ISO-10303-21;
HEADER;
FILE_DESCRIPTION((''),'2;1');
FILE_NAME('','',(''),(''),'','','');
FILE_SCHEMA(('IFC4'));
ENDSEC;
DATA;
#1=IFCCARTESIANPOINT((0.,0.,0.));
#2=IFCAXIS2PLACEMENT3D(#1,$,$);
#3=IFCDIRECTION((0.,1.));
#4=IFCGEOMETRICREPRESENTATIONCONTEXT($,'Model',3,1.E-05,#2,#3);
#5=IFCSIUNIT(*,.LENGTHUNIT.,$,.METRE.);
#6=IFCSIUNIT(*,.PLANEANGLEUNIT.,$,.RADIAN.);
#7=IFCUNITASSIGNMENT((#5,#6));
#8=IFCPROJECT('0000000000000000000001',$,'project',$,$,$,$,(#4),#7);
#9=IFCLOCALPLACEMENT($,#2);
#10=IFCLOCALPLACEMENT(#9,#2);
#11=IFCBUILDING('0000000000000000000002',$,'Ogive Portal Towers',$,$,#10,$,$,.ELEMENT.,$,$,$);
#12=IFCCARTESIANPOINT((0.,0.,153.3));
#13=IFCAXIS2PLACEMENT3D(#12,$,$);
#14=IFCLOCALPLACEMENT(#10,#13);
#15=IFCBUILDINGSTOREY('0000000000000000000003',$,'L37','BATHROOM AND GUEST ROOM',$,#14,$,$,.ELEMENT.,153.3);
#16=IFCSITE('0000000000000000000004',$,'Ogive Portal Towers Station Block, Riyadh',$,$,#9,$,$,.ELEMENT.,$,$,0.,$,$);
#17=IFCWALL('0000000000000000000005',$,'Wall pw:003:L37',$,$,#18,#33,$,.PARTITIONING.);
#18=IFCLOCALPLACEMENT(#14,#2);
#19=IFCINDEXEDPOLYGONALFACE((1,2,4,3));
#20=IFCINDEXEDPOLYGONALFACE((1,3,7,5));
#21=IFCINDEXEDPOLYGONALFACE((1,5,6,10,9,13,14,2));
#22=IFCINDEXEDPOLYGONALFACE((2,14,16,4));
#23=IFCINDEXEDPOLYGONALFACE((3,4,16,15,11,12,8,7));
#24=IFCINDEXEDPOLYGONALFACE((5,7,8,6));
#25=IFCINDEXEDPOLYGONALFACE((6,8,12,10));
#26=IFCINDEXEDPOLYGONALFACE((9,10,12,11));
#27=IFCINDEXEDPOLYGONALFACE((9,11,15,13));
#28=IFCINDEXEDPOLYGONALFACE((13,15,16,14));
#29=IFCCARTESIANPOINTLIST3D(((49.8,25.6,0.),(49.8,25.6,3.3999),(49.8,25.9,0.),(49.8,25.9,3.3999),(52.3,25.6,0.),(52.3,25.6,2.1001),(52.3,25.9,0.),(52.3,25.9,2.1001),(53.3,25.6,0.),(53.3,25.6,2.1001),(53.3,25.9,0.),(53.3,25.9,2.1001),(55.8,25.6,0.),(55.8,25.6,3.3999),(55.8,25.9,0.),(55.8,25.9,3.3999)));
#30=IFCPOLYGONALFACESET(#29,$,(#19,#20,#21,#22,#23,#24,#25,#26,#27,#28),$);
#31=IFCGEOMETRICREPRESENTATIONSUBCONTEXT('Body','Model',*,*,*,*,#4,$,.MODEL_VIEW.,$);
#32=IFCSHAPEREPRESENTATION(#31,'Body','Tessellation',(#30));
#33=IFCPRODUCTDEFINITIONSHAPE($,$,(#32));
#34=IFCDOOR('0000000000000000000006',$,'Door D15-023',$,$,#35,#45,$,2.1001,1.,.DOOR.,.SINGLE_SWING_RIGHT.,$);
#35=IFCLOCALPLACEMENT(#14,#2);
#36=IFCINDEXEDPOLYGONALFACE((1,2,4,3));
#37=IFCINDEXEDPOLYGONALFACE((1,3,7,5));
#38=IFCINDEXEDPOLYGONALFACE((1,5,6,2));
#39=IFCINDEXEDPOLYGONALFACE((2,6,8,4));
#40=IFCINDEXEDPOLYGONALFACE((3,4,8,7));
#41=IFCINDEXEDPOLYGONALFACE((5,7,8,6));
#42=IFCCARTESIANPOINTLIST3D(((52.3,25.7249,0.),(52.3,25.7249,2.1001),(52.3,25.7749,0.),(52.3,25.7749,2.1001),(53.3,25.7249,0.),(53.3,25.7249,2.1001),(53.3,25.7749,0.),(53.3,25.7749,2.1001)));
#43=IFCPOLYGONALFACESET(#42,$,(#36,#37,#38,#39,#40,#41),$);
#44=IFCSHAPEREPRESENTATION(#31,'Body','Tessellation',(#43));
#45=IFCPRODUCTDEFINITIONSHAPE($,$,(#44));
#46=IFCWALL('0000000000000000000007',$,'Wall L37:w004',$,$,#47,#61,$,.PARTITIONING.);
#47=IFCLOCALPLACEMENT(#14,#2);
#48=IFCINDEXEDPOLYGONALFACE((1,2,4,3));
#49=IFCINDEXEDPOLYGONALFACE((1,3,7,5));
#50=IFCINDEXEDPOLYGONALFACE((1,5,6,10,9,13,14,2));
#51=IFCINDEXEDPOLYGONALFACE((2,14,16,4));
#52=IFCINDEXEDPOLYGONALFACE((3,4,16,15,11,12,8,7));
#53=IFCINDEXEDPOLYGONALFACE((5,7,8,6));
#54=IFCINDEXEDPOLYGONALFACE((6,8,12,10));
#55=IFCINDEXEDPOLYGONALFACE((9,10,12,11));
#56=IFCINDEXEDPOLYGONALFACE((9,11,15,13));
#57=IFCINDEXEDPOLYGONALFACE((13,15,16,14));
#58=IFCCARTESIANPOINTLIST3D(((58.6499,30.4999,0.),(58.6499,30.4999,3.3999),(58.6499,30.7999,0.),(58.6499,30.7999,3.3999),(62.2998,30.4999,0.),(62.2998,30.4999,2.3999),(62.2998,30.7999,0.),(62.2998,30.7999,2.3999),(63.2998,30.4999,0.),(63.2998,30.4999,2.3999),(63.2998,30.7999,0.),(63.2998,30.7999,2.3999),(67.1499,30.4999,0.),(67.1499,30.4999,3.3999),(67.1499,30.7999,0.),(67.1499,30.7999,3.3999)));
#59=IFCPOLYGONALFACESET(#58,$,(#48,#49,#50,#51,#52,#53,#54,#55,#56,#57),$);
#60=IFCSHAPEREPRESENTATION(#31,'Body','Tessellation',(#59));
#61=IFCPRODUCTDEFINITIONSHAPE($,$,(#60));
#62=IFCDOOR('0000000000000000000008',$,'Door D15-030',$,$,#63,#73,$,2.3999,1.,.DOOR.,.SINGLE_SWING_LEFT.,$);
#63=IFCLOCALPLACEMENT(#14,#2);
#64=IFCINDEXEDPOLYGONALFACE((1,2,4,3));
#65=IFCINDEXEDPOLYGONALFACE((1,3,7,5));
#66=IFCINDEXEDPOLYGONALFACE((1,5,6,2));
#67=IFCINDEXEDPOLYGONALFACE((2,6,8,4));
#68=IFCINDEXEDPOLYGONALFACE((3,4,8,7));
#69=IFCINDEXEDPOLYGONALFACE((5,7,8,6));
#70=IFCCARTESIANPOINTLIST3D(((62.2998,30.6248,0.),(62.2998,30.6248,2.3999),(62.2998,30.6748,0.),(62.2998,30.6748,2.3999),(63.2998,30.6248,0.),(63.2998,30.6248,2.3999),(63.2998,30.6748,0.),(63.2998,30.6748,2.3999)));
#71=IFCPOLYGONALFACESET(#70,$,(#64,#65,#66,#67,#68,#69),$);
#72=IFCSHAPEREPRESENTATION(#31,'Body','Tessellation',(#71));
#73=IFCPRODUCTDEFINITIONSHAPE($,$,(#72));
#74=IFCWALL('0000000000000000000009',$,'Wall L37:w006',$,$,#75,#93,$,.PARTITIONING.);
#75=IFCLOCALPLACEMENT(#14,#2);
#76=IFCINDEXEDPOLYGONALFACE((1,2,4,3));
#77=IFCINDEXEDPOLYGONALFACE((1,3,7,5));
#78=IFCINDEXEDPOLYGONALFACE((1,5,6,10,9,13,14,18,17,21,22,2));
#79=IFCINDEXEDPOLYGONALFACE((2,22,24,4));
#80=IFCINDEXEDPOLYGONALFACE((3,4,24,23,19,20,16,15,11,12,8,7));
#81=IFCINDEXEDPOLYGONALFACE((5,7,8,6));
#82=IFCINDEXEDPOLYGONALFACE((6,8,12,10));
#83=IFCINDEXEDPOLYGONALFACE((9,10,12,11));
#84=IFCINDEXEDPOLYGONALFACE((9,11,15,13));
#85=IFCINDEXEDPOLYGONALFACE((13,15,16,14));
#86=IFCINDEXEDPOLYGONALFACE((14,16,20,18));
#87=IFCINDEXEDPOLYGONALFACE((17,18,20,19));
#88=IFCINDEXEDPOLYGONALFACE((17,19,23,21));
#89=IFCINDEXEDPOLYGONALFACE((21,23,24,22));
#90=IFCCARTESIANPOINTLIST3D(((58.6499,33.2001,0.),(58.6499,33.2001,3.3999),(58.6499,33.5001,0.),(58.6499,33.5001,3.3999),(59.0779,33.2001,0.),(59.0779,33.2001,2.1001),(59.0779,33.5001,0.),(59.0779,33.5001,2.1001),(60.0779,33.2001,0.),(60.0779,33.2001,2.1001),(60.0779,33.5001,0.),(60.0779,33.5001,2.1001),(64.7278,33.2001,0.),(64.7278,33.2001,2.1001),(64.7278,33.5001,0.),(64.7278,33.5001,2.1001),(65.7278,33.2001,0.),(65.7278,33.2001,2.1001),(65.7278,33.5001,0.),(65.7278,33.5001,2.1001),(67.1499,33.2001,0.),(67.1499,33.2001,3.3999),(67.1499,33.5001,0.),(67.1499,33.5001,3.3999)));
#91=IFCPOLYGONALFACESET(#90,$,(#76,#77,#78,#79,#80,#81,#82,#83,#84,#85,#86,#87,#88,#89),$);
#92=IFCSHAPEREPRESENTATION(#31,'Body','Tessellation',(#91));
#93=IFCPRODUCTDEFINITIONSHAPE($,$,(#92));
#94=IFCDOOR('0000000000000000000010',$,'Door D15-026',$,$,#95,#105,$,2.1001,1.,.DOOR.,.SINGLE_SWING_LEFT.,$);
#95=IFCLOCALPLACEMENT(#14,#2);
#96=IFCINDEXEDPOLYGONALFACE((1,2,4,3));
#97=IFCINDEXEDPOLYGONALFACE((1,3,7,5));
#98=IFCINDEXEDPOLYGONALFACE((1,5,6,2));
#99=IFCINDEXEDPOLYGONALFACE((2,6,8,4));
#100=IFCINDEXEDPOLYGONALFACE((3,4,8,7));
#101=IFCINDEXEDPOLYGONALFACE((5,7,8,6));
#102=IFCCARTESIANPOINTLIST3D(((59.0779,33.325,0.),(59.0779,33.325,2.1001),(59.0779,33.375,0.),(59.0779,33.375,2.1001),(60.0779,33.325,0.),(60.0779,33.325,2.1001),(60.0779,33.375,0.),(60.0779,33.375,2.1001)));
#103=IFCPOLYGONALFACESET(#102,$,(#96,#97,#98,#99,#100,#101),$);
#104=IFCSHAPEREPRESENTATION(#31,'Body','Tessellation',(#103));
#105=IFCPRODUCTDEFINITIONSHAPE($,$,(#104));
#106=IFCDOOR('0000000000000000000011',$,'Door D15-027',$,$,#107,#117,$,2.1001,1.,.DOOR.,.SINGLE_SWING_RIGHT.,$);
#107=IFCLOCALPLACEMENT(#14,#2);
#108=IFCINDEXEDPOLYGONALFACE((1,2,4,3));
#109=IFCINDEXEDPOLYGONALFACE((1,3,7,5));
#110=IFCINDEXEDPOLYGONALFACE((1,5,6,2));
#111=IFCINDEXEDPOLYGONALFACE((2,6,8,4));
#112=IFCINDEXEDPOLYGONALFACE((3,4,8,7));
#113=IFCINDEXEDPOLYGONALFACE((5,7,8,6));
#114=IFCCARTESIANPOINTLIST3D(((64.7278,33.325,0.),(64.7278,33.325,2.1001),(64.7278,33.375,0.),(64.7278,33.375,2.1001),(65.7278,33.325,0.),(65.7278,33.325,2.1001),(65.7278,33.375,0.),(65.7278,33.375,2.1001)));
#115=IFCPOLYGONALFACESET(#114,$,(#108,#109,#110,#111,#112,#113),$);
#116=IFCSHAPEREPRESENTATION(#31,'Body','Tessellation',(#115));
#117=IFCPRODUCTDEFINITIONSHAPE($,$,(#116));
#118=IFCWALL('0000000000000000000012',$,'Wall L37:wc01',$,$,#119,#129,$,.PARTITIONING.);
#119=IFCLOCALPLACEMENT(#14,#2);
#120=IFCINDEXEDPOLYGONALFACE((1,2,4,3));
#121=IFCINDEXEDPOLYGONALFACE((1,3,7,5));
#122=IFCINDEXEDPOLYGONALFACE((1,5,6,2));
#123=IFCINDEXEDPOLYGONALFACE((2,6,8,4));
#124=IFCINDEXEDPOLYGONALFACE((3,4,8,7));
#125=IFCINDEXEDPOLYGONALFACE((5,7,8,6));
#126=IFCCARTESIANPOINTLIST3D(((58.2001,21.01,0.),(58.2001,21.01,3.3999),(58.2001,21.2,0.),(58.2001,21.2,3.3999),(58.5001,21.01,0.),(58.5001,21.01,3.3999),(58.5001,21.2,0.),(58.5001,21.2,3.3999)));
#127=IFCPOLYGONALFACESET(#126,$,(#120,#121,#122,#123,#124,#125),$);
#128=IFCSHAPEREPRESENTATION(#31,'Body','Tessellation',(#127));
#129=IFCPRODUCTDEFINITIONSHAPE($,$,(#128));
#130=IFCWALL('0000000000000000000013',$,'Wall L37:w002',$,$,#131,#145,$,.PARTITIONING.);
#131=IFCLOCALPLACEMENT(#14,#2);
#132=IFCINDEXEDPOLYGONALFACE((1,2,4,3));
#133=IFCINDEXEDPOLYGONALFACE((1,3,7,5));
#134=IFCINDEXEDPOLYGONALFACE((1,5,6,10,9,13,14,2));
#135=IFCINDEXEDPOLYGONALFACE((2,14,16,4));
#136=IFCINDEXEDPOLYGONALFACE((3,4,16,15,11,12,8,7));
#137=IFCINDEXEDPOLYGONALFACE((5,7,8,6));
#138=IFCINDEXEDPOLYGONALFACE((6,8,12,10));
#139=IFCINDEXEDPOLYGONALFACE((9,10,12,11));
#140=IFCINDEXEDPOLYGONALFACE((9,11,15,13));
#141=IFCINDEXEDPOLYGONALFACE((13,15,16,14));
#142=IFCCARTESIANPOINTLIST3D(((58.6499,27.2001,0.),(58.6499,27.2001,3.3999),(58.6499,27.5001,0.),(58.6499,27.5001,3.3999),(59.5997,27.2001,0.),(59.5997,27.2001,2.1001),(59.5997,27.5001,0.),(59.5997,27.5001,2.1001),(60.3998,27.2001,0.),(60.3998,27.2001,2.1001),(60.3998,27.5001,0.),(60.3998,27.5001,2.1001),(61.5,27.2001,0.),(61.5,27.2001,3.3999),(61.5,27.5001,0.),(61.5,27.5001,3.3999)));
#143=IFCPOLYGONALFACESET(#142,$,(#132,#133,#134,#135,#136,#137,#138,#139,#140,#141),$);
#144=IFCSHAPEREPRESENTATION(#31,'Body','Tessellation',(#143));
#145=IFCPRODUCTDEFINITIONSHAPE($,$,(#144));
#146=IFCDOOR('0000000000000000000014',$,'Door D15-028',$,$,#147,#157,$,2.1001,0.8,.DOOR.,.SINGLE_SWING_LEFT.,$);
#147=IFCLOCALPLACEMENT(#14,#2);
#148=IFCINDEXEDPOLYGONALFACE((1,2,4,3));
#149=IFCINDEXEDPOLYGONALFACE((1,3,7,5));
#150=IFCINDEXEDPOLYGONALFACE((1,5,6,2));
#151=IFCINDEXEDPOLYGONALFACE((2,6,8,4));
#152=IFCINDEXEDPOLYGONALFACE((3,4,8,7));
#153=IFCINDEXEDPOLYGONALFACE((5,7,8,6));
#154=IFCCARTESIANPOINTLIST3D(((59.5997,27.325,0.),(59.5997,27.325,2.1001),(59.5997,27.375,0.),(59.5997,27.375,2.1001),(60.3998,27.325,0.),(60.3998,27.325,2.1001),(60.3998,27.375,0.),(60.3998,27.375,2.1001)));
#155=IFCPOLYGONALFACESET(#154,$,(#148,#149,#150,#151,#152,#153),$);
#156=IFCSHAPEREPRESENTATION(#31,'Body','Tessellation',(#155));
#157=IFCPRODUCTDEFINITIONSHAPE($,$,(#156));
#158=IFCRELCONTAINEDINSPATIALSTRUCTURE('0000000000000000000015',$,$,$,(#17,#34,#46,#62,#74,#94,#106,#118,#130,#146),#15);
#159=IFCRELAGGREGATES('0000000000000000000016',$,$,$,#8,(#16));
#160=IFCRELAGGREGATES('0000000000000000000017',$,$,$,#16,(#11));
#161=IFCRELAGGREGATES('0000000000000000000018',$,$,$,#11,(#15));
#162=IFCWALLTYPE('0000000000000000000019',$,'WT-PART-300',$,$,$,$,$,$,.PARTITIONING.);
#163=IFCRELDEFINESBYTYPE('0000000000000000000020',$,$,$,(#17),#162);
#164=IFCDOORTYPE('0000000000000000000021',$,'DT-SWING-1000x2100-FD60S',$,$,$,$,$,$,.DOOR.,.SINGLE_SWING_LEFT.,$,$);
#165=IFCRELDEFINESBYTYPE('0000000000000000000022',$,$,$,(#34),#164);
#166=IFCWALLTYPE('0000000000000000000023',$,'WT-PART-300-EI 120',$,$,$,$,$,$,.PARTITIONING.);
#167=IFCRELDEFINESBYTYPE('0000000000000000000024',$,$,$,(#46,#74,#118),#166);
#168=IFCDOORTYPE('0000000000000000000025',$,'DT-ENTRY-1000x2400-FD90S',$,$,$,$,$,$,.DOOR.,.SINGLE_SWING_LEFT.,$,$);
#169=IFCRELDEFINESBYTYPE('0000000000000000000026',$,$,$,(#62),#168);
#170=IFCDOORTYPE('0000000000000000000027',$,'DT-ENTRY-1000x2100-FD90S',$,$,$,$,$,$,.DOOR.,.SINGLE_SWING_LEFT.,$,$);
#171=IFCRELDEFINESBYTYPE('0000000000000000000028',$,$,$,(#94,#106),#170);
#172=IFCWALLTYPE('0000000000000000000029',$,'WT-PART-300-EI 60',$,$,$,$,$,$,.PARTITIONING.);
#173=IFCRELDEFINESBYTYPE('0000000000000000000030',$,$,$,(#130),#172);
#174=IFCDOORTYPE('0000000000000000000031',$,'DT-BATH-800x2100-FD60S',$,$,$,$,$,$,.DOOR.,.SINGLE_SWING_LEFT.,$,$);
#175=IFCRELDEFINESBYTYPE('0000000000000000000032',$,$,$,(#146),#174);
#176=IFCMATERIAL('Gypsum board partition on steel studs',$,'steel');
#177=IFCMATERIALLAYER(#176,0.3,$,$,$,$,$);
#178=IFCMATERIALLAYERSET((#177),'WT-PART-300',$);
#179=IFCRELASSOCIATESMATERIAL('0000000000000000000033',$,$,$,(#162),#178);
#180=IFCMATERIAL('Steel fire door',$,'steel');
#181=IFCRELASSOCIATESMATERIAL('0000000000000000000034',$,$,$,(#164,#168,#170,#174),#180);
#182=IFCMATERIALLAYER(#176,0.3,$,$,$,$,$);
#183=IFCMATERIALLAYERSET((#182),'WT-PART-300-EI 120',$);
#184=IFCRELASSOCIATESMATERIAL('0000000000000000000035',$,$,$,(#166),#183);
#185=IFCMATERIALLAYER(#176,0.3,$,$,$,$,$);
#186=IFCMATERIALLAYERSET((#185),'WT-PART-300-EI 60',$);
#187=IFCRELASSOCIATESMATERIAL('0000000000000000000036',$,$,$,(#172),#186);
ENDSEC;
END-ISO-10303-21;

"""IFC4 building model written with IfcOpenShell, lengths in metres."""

from ifc_helpers import new_model, si_unit, direction, frame, frame_2d, origin, place, context, subcontext, project, spatial, rectangle, extrude, material, layer, layer_set, type_object, element, fill, save


model = new_model("IFC4")

# Units and contexts
model_context = context("Model", 3, precision=1e-05, world=origin(), true_north=direction((0.0, 1.0)))
body_context = subcontext(model_context, "Body", "Model", "MODEL_VIEW")
ifc_project = project(units=[si_unit("LENGTHUNIT", "METRE"), si_unit("PLANEANGLEUNIT", "RADIAN")], contexts=[model_context])

# Site, building, storey
site_placement = place(None, origin())
site = spatial("IfcSite", under=ifc_project, at=site_placement, Name="Ogive Portal Towers Station Block, Riyadh", CompositionType="ELEMENT", RefElevation=0.0)
building_placement = place(site_placement, origin())
building = spatial("IfcBuilding", under=site, at=building_placement, Name="Ogive Portal Towers", CompositionType="ELEMENT")
storey_placement = place(building_placement, frame((0.0, 0.0, 153.3)))
storey = spatial("IfcBuildingStorey", under=building, at=storey_placement, Name="L37", Description="BATHROOM AND GUEST ROOM", CompositionType="ELEMENT", Elevation=153.3)

# Shared definitions
ifc_material_1 = material(Name="Steel fire door", Category="steel")

# Walls, openings, doors
ifc_material_2 = material(Name="Gypsum board partition on steel studs", Category="steel")
ifc_layer_1 = layer(ifc_material_2, 0.3)
ifc_layer_set_1 = layer_set([ifc_layer_1], Name="WT-PART-300")
wall_type_1 = type_object("IfcWallType", Name="WT-PART-300", PredefinedType="PARTITIONING", material=ifc_layer_set_1)
wall_1_placement = place(storey_placement, frame((49.8, 25.75, 0.0), z_axis=(0.0, 0.0, 1.0), x_axis=(1.0, 0.0, 0.0)))
wall_1 = element("IfcWall", 1, at=wall_1_placement, inside=storey, type_object=wall_type_1, Name="Wall pw:003:L37", PredefinedType="PARTITIONING", context=body_context, shape_type="SweptSolid", body=[
    extrude(rectangle(XDim=6.0, YDim=0.3, at=frame_2d((3.0, 0.0))), origin(), (0.0, 0.0, 1.0), 3.3999),
])
opening_1_placement = place(wall_1_placement, frame((2.5, 0.0, 0.0)))
opening_1 = element("IfcOpeningElement", 2, at=opening_1_placement, cuts=wall_1, PredefinedType="OPENING", context=body_context, shape_type="SweptSolid", body=[
    extrude(rectangle(XDim=1.0, YDim=2.1001, at=frame_2d((0.5, 1.05))), frame((0.0, 0.1602, 0.0), z_axis=(0.0, -1.0, 0.0), x_axis=(1.0, 0.0, 0.0)), (0.0, 0.0, 1.0), 0.3201),
])
door_type_1 = type_object("IfcDoorType", Name="DT-SWING-1000x2100-FD60S", OperationType="SINGLE_SWING_LEFT", PredefinedType="DOOR", material=ifc_material_1)
door_1_placement = place(opening_1_placement, origin())
door_1 = element("IfcDoor", 3, at=door_1_placement, inside=storey, type_object=door_type_1, Name="Door D15-023", OperationType="SINGLE_SWING_RIGHT", OverallHeight=2.1001, OverallWidth=1.0, PredefinedType="DOOR", context=body_context, shape_type="SweptSolid", body=[
    extrude(rectangle(XDim=1.0, YDim=2.1001, at=frame_2d((0.5, 1.05))), frame((0.0, 0.0249, 0.0), z_axis=(0.0, -1.0, 0.0), x_axis=(1.0, 0.0, 0.0)), (0.0, 0.0, 1.0), 0.05),
])
fill(opening_1, door_1)
ifc_layer_2 = layer(ifc_material_2, 0.3)
ifc_layer_set_2 = layer_set([ifc_layer_2], Name="WT-PART-300-EI 120")
wall_type_2 = type_object("IfcWallType", Name="WT-PART-300-EI 120", PredefinedType="PARTITIONING", material=ifc_layer_set_2)
wall_2_placement = place(storey_placement, frame((58.6499, 30.6499, 0.0), z_axis=(0.0, 0.0, 1.0), x_axis=(1.0, 0.0, 0.0)))
wall_2 = element("IfcWall", 4, at=wall_2_placement, inside=storey, type_object=wall_type_2, Name="Wall L37:w004", PredefinedType="PARTITIONING", context=body_context, shape_type="SweptSolid", body=[
    extrude(rectangle(XDim=8.5, YDim=0.3, at=frame_2d((4.25, 0.0))), origin(), (0.0, 0.0, 1.0), 3.3999),
])
opening_2_placement = place(wall_2_placement, frame((3.6499, 0.0, 0.0)))
opening_2 = element("IfcOpeningElement", 5, at=opening_2_placement, cuts=wall_2, PredefinedType="OPENING", context=body_context, shape_type="SweptSolid", body=[
    extrude(rectangle(XDim=1.0, YDim=2.3999, at=frame_2d((0.5, 1.2))), frame((0.0, 0.1602, 0.0), z_axis=(0.0, -1.0, 0.0), x_axis=(1.0, 0.0, 0.0)), (0.0, 0.0, 1.0), 0.3201),
])
door_type_2 = type_object("IfcDoorType", Name="DT-ENTRY-1000x2400-FD90S", OperationType="SINGLE_SWING_LEFT", PredefinedType="DOOR", material=ifc_material_1)
door_2_placement = place(opening_2_placement, origin())
door_2 = element("IfcDoor", 6, at=door_2_placement, inside=storey, type_object=door_type_2, Name="Door D15-030", OperationType="SINGLE_SWING_LEFT", OverallHeight=2.3999, OverallWidth=1.0, PredefinedType="DOOR", context=body_context, shape_type="SweptSolid", body=[
    extrude(rectangle(XDim=1.0, YDim=2.3999, at=frame_2d((0.5, 1.2))), frame((0.0, 0.0249, 0.0), z_axis=(0.0, -1.0, 0.0), x_axis=(1.0, 0.0, 0.0)), (0.0, 0.0, 1.0), 0.05),
])
fill(opening_2, door_2)

# Wall, openings, doors
wall_3_placement = place(storey_placement, frame((58.6499, 33.3501, 0.0), z_axis=(0.0, 0.0, 1.0), x_axis=(1.0, 0.0, 0.0)))
wall_3 = element("IfcWall", 7, at=wall_3_placement, inside=storey, type_object=wall_type_2, Name="Wall L37:w006", PredefinedType="PARTITIONING", context=body_context, shape_type="SweptSolid", body=[
    extrude(rectangle(XDim=8.5, YDim=0.3, at=frame_2d((4.25, 0.0))), origin(), (0.0, 0.0, 1.0), 3.3999),
])
opening_3_placement = place(wall_3_placement, frame((0.428, 0.0, 0.0)))
opening_3 = element("IfcOpeningElement", 8, at=opening_3_placement, cuts=wall_3, PredefinedType="OPENING", context=body_context, shape_type="SweptSolid", body=[
    extrude(rectangle(XDim=1.0, YDim=2.1001, at=frame_2d((0.5, 1.05))), frame((0.0, 0.1602, 0.0), z_axis=(0.0, -1.0, 0.0), x_axis=(1.0, 0.0, 0.0)), (0.0, 0.0, 1.0), 0.3201),
])
opening_4_placement = place(wall_3_placement, frame((6.0779, 0.0, 0.0)))
opening_4 = element("IfcOpeningElement", 9, at=opening_4_placement, cuts=wall_3, PredefinedType="OPENING", context=body_context, shape_type="SweptSolid", body=[
    extrude(rectangle(XDim=1.0, YDim=2.1001, at=frame_2d((0.5, 1.05))), frame((0.0, 0.1602, 0.0), z_axis=(0.0, -1.0, 0.0), x_axis=(1.0, 0.0, 0.0)), (0.0, 0.0, 1.0), 0.3201),
])
door_type_3 = type_object("IfcDoorType", Name="DT-ENTRY-1000x2100-FD90S", OperationType="SINGLE_SWING_LEFT", PredefinedType="DOOR", material=ifc_material_1)
door_3_placement = place(opening_3_placement, origin())
door_3 = element("IfcDoor", 10, at=door_3_placement, inside=storey, type_object=door_type_3, Name="Door D15-026", OperationType="SINGLE_SWING_LEFT", OverallHeight=2.1001, OverallWidth=1.0, PredefinedType="DOOR", context=body_context, shape_type="SweptSolid", body=[
    extrude(rectangle(XDim=1.0, YDim=2.1001, at=frame_2d((0.5, 1.05))), frame((0.0, 0.0249, 0.0), z_axis=(0.0, -1.0, 0.0), x_axis=(1.0, 0.0, 0.0)), (0.0, 0.0, 1.0), 0.05),
])
fill(opening_3, door_3)
door_4_placement = place(opening_4_placement, origin())
door_4 = element("IfcDoor", 11, at=door_4_placement, inside=storey, type_object=door_type_3, Name="Door D15-027", OperationType="SINGLE_SWING_RIGHT", OverallHeight=2.1001, OverallWidth=1.0, PredefinedType="DOOR", context=body_context, shape_type="SweptSolid", body=[
    extrude(rectangle(XDim=1.0, YDim=2.1001, at=frame_2d((0.5, 1.05))), frame((0.0, 0.0249, 0.0), z_axis=(0.0, -1.0, 0.0), x_axis=(1.0, 0.0, 0.0)), (0.0, 0.0, 1.0), 0.05),
])
fill(opening_4, door_4)

# Wall
wall_4_placement = place(storey_placement, frame((58.3501, 21.2, 0.0), z_axis=(0.0, 0.0, 1.0), x_axis=(0.0, -1.0, 0.0)))
element("IfcWall", 12, at=wall_4_placement, inside=storey, type_object=wall_type_2, Name="Wall L37:wc01", PredefinedType="PARTITIONING", context=body_context, shape_type="SweptSolid", body=[
    extrude(rectangle(XDim=0.1899, YDim=0.3, at=frame_2d((0.095, 0.0))), origin(), (0.0, 0.0, 1.0), 3.3999),
])

# Wall, opening, door
ifc_layer_3 = layer(ifc_material_2, 0.3)
ifc_layer_set_3 = layer_set([ifc_layer_3], Name="WT-PART-300-EI 60")
wall_type_3 = type_object("IfcWallType", Name="WT-PART-300-EI 60", PredefinedType="PARTITIONING", material=ifc_layer_set_3)
wall_5_placement = place(storey_placement, frame((58.6499, 27.3501, 0.0), z_axis=(0.0, 0.0, 1.0), x_axis=(1.0, 0.0, 0.0)))
wall_5 = element("IfcWall", 13, at=wall_5_placement, inside=storey, type_object=wall_type_3, Name="Wall L37:w002", PredefinedType="PARTITIONING", context=body_context, shape_type="SweptSolid", body=[
    extrude(rectangle(XDim=2.8501, YDim=0.3, at=frame_2d((1.425, 0.0))), origin(), (0.0, 0.0, 1.0), 3.3999),
])
opening_5_placement = place(wall_5_placement, frame((0.95, 0.0, 0.0)))
opening_5 = element("IfcOpeningElement", 14, at=opening_5_placement, cuts=wall_5, PredefinedType="OPENING", context=body_context, shape_type="SweptSolid", body=[
    extrude(rectangle(XDim=0.8, YDim=2.1001, at=frame_2d((0.3999, 1.05))), frame((0.0, 0.1602, 0.0), z_axis=(0.0, -1.0, 0.0), x_axis=(1.0, 0.0, 0.0)), (0.0, 0.0, 1.0), 0.3201),
])
door_type_4 = type_object("IfcDoorType", Name="DT-BATH-800x2100-FD60S", OperationType="SINGLE_SWING_LEFT", PredefinedType="DOOR", material=ifc_material_1)
door_5_placement = place(opening_5_placement, origin())
door_5 = element("IfcDoor", 15, at=door_5_placement, inside=storey, type_object=door_type_4, Name="Door D15-028", OperationType="SINGLE_SWING_LEFT", OverallHeight=2.1001, OverallWidth=0.8, PredefinedType="DOOR", context=body_context, shape_type="SweptSolid", body=[
    extrude(rectangle(XDim=0.8, YDim=2.1001, at=frame_2d((0.3999, 1.05))), frame((0.0, 0.0249, 0.0), z_axis=(0.0, -1.0, 0.0), x_axis=(1.0, 0.0, 0.0)), (0.0, 0.0, 1.0), 0.05),
])
fill(opening_5, door_5)

save(model, "model.ifc")
